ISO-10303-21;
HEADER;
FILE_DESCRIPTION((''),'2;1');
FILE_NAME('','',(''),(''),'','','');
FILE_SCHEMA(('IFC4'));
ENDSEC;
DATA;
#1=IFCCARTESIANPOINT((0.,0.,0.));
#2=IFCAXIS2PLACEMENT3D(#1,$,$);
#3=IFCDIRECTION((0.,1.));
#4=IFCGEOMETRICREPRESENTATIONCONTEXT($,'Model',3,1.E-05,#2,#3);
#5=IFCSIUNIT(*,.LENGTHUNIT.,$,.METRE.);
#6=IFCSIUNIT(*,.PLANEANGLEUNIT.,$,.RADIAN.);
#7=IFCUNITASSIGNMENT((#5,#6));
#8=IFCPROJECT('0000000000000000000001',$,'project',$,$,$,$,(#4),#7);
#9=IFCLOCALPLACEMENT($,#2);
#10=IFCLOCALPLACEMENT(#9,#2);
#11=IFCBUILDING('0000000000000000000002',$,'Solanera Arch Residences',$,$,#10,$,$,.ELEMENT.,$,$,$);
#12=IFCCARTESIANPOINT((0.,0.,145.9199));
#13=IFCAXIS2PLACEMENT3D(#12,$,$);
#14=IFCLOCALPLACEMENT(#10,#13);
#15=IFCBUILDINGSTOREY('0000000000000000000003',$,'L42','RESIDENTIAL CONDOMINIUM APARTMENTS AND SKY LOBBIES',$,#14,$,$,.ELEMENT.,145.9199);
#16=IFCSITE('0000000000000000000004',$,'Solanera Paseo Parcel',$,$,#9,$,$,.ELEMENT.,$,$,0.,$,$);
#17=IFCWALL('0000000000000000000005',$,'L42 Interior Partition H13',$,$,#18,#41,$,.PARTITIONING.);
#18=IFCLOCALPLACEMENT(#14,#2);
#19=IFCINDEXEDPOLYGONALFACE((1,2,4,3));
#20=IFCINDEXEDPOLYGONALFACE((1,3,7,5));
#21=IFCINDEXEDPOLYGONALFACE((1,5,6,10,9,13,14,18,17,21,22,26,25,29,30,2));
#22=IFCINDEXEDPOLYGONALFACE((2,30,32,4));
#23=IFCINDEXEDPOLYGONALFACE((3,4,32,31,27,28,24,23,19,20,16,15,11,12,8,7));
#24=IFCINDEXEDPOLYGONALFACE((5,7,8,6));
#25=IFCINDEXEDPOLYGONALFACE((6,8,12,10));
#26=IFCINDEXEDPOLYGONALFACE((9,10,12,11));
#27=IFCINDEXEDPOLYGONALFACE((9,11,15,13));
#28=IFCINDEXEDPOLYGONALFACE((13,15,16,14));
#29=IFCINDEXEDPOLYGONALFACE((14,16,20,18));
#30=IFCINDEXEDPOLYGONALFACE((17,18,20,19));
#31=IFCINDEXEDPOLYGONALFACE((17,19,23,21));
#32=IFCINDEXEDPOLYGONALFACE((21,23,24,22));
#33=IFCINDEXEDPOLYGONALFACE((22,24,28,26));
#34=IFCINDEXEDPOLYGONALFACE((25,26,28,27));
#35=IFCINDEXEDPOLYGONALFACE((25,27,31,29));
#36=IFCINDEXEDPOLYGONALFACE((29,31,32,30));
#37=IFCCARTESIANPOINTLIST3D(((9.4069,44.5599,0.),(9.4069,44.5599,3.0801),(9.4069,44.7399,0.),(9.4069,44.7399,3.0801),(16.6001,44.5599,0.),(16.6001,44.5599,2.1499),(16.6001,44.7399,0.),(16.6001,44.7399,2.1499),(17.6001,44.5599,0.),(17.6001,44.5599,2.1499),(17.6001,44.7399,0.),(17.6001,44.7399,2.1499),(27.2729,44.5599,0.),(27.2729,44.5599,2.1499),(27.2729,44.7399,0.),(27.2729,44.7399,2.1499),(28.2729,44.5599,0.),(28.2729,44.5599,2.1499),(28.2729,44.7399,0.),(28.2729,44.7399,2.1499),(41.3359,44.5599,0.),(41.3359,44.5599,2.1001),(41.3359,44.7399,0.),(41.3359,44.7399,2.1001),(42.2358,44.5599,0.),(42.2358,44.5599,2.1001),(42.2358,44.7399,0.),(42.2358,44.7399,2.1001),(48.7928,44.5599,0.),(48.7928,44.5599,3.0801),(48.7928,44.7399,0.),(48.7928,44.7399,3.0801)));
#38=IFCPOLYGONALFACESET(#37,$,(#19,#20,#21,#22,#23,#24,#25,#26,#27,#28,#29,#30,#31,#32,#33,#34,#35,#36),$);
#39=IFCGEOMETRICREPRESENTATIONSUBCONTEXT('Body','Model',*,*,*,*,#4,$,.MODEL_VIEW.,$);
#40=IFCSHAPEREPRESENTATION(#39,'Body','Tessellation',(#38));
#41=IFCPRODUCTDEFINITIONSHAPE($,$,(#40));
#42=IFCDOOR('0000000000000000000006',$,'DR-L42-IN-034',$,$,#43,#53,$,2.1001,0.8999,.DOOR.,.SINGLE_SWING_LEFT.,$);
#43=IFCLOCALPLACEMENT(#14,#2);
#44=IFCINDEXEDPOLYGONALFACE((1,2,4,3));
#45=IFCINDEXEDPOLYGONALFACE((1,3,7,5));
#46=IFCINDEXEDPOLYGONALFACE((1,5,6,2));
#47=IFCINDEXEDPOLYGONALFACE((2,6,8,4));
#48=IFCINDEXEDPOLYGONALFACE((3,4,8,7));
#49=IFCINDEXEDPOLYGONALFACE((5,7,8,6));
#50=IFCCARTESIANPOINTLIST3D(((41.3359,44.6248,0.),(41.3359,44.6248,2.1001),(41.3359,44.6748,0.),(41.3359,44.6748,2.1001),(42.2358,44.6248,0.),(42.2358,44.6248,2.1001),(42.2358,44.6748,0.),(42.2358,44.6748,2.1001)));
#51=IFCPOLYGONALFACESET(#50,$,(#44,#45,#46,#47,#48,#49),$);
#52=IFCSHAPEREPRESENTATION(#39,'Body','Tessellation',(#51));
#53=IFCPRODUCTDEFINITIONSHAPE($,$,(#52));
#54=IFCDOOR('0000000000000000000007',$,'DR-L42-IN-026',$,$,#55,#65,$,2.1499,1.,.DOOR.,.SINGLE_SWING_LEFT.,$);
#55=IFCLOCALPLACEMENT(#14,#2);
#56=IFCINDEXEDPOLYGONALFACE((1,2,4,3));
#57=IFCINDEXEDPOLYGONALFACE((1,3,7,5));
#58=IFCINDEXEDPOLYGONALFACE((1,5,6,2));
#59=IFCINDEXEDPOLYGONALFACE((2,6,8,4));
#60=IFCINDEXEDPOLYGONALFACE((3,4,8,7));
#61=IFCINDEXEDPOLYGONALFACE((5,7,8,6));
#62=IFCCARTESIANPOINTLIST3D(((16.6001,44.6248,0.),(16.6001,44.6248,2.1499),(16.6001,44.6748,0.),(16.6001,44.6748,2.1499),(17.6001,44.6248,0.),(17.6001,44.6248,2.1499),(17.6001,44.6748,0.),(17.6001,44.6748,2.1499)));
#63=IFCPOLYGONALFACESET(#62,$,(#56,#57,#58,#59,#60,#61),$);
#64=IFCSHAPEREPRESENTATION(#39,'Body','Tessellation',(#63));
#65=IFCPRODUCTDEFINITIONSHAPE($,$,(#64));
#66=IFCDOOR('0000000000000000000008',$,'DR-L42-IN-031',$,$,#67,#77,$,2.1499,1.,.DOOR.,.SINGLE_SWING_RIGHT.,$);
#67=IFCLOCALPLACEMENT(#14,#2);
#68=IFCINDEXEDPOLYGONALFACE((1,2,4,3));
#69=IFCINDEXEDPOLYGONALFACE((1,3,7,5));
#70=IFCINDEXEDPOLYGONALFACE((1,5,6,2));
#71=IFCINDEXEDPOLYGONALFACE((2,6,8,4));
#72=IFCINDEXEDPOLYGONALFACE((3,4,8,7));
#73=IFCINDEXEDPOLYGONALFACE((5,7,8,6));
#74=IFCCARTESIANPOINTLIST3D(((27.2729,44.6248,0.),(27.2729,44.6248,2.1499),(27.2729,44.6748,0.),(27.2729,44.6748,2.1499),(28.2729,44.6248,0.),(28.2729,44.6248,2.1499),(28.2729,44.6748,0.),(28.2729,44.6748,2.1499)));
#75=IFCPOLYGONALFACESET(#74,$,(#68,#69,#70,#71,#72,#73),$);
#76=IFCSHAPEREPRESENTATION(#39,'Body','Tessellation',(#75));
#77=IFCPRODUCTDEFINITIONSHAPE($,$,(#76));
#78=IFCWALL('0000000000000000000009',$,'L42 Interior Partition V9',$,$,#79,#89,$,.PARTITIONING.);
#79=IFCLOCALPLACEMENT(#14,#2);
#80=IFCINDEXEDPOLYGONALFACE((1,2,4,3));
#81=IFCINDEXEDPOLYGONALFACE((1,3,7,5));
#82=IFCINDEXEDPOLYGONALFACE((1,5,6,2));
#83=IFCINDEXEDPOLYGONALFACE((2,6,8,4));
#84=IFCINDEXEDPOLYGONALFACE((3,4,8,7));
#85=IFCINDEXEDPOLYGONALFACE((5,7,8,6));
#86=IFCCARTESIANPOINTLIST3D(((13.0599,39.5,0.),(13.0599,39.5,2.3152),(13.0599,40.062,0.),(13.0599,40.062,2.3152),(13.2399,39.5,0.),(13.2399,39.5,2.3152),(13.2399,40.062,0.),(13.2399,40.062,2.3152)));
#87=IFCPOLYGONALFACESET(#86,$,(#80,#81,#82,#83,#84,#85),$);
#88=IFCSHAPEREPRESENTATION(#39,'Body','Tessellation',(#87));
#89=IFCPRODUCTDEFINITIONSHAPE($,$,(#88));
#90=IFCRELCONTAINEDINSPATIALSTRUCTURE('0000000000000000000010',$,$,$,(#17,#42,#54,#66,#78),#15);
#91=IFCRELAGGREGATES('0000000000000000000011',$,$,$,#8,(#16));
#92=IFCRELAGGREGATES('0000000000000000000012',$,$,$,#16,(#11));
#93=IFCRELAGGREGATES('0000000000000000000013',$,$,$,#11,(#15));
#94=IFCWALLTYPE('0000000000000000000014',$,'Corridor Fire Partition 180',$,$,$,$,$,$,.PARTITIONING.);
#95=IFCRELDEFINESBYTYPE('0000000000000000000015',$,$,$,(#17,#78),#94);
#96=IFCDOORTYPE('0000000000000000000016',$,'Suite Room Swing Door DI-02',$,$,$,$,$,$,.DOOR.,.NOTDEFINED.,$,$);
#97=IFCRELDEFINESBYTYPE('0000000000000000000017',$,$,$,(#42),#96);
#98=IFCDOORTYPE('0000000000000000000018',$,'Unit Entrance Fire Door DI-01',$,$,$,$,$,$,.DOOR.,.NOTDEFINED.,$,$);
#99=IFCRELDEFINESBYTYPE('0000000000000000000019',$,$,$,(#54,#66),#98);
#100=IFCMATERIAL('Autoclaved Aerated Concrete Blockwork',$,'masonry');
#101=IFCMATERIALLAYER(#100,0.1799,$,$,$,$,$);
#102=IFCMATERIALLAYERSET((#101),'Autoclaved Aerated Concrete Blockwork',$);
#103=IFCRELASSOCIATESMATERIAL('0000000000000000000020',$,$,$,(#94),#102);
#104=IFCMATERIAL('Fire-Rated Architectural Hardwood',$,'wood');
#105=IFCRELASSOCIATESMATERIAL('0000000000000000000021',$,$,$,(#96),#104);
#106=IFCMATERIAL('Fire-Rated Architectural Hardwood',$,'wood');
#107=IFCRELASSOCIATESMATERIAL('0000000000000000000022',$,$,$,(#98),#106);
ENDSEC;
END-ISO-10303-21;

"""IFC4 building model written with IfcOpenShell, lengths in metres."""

from ifc_helpers import new_model, si_unit, direction, frame, frame_2d, origin, place, context, subcontext, project, spatial, rectangle, extrude, material, layer, layer_set, type_object, element, fill, save


model = new_model("IFC4")

# Units and contexts
model_context = context("Model", 3, precision=1e-05, world=origin(), true_north=direction((0.0, 1.0)))
body_context = subcontext(model_context, "Body", "Model", "MODEL_VIEW")
ifc_project = project(units=[si_unit("LENGTHUNIT", "METRE"), si_unit("PLANEANGLEUNIT", "RADIAN")], contexts=[model_context])

# Site, building, storey
site_placement = place(None, origin())
site = spatial("IfcSite", under=ifc_project, at=site_placement, Name="Solanera Paseo Parcel", CompositionType="ELEMENT", RefElevation=0.0)
building_placement = place(site_placement, origin())
building = spatial("IfcBuilding", under=site, at=building_placement, Name="Solanera Arch Residences", CompositionType="ELEMENT")
storey_placement = place(building_placement, frame((0.0, 0.0, 145.9199)))
storey = spatial("IfcBuildingStorey", under=building, at=storey_placement, Name="L42", Description="RESIDENTIAL CONDOMINIUM APARTMENTS AND SKY LOBBIES", CompositionType="ELEMENT", Elevation=145.9199)

# Wall, openings, doors
ifc_material_1 = material(Name="Autoclaved Aerated Concrete Blockwork", Category="masonry")
ifc_layer_1 = layer(ifc_material_1, 0.1799)
ifc_layer_set_1 = layer_set([ifc_layer_1], Name="Autoclaved Aerated Concrete Blockwork")
wall_type_1 = type_object("IfcWallType", Name="Corridor Fire Partition 180", PredefinedType="PARTITIONING", material=ifc_layer_set_1)
wall_1_placement = place(storey_placement, frame((9.407, 44.6499, 0.0), z_axis=(0.0, 0.0, 1.0), x_axis=(1.0, 0.0, 0.0)))
wall_1 = element("IfcWall", 1, at=wall_1_placement, inside=storey, type_object=wall_type_1, Name="L42 Interior Partition H13", PredefinedType="PARTITIONING", context=body_context, shape_type="SweptSolid", body=[
    extrude(rectangle(XDim=39.386, YDim=0.1799, at=frame_2d((19.6929, 0.0))), origin(), (0.0, 0.0, 1.0), 3.0801),
])
opening_1_placement = place(wall_1_placement, frame((7.1931, 0.0, 0.0)))
opening_1 = element("IfcOpeningElement", 2, at=opening_1_placement, cuts=wall_1, PredefinedType="OPENING", context=body_context, shape_type="SweptSolid", body=[
    extrude(rectangle(XDim=1.0, YDim=2.1499, at=frame_2d((0.5, 1.075))), frame((0.0, 0.1001, 0.0), z_axis=(0.0, -1.0, 0.0), x_axis=(1.0, 0.0, 0.0)), (0.0, 0.0, 1.0), 0.1999),
])
opening_2_placement = place(wall_1_placement, frame((17.866, 0.0, 0.0)))
opening_2 = element("IfcOpeningElement", 3, at=opening_2_placement, cuts=wall_1, PredefinedType="OPENING", context=body_context, shape_type="SweptSolid", body=[
    extrude(rectangle(XDim=1.0, YDim=2.1499, at=frame_2d((0.5, 1.075))), frame((0.0, 0.1001, 0.0), z_axis=(0.0, -1.0, 0.0), x_axis=(1.0, 0.0, 0.0)), (0.0, 0.0, 1.0), 0.1999),
])
opening_3_placement = place(wall_1_placement, frame((31.929, 0.0, 0.0)))
opening_3 = element("IfcOpeningElement", 4, at=opening_3_placement, cuts=wall_1, PredefinedType="OPENING", context=body_context, shape_type="SweptSolid", body=[
    extrude(rectangle(XDim=0.8999, YDim=2.1001, at=frame_2d((0.45, 1.05))), frame((0.0, 0.1001, 0.0), z_axis=(0.0, -1.0, 0.0), x_axis=(1.0, 0.0, 0.0)), (0.0, 0.0, 1.0), 0.1999),
])
ifc_material_2 = material(Name="Fire-Rated Architectural Hardwood", Category="wood")
door_type_1 = type_object("IfcDoorType", Name="Suite Room Swing Door DI-02", OperationType="NOTDEFINED", PredefinedType="DOOR", material=ifc_material_2)
door_1_placement = place(opening_3_placement, origin())
door_1 = element("IfcDoor", 5, at=door_1_placement, inside=storey, type_object=door_type_1, Name="DR-L42-IN-034", OperationType="SINGLE_SWING_LEFT", OverallHeight=2.1001, OverallWidth=0.8999, PredefinedType="DOOR", context=body_context, shape_type="SweptSolid", body=[
    extrude(rectangle(XDim=0.8999, YDim=2.1001, at=frame_2d((0.45, 1.05))), frame((0.0, 0.0249, 0.0), z_axis=(0.0, -1.0, 0.0), x_axis=(1.0, 0.0, 0.0)), (0.0, 0.0, 1.0), 0.05),
])
fill(opening_3, door_1)
ifc_material_3 = material(Name="Fire-Rated Architectural Hardwood", Category="wood")
door_type_2 = type_object("IfcDoorType", Name="Unit Entrance Fire Door DI-01", OperationType="NOTDEFINED", PredefinedType="DOOR", material=ifc_material_3)
door_2_placement = place(opening_1_placement, origin())
door_2 = element("IfcDoor", 6, at=door_2_placement, inside=storey, type_object=door_type_2, Name="DR-L42-IN-026", OperationType="SINGLE_SWING_LEFT", OverallHeight=2.1499, OverallWidth=1.0, PredefinedType="DOOR", context=body_context, shape_type="SweptSolid", body=[
    extrude(rectangle(XDim=1.0, YDim=2.1499, at=frame_2d((0.5, 1.075))), frame((0.0, 0.0249, 0.0), z_axis=(0.0, -1.0, 0.0), x_axis=(1.0, 0.0, 0.0)), (0.0, 0.0, 1.0), 0.05),
])
fill(opening_1, door_2)
door_3_placement = place(opening_2_placement, origin())
door_3 = element("IfcDoor", 7, at=door_3_placement, inside=storey, type_object=door_type_2, Name="DR-L42-IN-031", OperationType="SINGLE_SWING_RIGHT", OverallHeight=2.1499, OverallWidth=1.0, PredefinedType="DOOR", context=body_context, shape_type="SweptSolid", body=[
    extrude(rectangle(XDim=1.0, YDim=2.1499, at=frame_2d((0.5, 1.075))), frame((0.0, 0.0249, 0.0), z_axis=(0.0, -1.0, 0.0), x_axis=(1.0, 0.0, 0.0)), (0.0, 0.0, 1.0), 0.05),
])
fill(opening_2, door_3)

# Wall
wall_2_placement = place(storey_placement, frame((13.1499, 39.5, 0.0), z_axis=(0.0, 0.0, 1.0), x_axis=(0.0, 1.0, 0.0)))
element("IfcWall", 8, at=wall_2_placement, inside=storey, type_object=wall_type_1, Name="L42 Interior Partition V9", PredefinedType="PARTITIONING", context=body_context, shape_type="SweptSolid", body=[
    extrude(rectangle(XDim=0.562, YDim=0.1799, at=frame_2d((0.281, 0.0))), origin(), (0.0, 0.0, 1.0), 2.3152),
])

save(model, "model.ifc")
